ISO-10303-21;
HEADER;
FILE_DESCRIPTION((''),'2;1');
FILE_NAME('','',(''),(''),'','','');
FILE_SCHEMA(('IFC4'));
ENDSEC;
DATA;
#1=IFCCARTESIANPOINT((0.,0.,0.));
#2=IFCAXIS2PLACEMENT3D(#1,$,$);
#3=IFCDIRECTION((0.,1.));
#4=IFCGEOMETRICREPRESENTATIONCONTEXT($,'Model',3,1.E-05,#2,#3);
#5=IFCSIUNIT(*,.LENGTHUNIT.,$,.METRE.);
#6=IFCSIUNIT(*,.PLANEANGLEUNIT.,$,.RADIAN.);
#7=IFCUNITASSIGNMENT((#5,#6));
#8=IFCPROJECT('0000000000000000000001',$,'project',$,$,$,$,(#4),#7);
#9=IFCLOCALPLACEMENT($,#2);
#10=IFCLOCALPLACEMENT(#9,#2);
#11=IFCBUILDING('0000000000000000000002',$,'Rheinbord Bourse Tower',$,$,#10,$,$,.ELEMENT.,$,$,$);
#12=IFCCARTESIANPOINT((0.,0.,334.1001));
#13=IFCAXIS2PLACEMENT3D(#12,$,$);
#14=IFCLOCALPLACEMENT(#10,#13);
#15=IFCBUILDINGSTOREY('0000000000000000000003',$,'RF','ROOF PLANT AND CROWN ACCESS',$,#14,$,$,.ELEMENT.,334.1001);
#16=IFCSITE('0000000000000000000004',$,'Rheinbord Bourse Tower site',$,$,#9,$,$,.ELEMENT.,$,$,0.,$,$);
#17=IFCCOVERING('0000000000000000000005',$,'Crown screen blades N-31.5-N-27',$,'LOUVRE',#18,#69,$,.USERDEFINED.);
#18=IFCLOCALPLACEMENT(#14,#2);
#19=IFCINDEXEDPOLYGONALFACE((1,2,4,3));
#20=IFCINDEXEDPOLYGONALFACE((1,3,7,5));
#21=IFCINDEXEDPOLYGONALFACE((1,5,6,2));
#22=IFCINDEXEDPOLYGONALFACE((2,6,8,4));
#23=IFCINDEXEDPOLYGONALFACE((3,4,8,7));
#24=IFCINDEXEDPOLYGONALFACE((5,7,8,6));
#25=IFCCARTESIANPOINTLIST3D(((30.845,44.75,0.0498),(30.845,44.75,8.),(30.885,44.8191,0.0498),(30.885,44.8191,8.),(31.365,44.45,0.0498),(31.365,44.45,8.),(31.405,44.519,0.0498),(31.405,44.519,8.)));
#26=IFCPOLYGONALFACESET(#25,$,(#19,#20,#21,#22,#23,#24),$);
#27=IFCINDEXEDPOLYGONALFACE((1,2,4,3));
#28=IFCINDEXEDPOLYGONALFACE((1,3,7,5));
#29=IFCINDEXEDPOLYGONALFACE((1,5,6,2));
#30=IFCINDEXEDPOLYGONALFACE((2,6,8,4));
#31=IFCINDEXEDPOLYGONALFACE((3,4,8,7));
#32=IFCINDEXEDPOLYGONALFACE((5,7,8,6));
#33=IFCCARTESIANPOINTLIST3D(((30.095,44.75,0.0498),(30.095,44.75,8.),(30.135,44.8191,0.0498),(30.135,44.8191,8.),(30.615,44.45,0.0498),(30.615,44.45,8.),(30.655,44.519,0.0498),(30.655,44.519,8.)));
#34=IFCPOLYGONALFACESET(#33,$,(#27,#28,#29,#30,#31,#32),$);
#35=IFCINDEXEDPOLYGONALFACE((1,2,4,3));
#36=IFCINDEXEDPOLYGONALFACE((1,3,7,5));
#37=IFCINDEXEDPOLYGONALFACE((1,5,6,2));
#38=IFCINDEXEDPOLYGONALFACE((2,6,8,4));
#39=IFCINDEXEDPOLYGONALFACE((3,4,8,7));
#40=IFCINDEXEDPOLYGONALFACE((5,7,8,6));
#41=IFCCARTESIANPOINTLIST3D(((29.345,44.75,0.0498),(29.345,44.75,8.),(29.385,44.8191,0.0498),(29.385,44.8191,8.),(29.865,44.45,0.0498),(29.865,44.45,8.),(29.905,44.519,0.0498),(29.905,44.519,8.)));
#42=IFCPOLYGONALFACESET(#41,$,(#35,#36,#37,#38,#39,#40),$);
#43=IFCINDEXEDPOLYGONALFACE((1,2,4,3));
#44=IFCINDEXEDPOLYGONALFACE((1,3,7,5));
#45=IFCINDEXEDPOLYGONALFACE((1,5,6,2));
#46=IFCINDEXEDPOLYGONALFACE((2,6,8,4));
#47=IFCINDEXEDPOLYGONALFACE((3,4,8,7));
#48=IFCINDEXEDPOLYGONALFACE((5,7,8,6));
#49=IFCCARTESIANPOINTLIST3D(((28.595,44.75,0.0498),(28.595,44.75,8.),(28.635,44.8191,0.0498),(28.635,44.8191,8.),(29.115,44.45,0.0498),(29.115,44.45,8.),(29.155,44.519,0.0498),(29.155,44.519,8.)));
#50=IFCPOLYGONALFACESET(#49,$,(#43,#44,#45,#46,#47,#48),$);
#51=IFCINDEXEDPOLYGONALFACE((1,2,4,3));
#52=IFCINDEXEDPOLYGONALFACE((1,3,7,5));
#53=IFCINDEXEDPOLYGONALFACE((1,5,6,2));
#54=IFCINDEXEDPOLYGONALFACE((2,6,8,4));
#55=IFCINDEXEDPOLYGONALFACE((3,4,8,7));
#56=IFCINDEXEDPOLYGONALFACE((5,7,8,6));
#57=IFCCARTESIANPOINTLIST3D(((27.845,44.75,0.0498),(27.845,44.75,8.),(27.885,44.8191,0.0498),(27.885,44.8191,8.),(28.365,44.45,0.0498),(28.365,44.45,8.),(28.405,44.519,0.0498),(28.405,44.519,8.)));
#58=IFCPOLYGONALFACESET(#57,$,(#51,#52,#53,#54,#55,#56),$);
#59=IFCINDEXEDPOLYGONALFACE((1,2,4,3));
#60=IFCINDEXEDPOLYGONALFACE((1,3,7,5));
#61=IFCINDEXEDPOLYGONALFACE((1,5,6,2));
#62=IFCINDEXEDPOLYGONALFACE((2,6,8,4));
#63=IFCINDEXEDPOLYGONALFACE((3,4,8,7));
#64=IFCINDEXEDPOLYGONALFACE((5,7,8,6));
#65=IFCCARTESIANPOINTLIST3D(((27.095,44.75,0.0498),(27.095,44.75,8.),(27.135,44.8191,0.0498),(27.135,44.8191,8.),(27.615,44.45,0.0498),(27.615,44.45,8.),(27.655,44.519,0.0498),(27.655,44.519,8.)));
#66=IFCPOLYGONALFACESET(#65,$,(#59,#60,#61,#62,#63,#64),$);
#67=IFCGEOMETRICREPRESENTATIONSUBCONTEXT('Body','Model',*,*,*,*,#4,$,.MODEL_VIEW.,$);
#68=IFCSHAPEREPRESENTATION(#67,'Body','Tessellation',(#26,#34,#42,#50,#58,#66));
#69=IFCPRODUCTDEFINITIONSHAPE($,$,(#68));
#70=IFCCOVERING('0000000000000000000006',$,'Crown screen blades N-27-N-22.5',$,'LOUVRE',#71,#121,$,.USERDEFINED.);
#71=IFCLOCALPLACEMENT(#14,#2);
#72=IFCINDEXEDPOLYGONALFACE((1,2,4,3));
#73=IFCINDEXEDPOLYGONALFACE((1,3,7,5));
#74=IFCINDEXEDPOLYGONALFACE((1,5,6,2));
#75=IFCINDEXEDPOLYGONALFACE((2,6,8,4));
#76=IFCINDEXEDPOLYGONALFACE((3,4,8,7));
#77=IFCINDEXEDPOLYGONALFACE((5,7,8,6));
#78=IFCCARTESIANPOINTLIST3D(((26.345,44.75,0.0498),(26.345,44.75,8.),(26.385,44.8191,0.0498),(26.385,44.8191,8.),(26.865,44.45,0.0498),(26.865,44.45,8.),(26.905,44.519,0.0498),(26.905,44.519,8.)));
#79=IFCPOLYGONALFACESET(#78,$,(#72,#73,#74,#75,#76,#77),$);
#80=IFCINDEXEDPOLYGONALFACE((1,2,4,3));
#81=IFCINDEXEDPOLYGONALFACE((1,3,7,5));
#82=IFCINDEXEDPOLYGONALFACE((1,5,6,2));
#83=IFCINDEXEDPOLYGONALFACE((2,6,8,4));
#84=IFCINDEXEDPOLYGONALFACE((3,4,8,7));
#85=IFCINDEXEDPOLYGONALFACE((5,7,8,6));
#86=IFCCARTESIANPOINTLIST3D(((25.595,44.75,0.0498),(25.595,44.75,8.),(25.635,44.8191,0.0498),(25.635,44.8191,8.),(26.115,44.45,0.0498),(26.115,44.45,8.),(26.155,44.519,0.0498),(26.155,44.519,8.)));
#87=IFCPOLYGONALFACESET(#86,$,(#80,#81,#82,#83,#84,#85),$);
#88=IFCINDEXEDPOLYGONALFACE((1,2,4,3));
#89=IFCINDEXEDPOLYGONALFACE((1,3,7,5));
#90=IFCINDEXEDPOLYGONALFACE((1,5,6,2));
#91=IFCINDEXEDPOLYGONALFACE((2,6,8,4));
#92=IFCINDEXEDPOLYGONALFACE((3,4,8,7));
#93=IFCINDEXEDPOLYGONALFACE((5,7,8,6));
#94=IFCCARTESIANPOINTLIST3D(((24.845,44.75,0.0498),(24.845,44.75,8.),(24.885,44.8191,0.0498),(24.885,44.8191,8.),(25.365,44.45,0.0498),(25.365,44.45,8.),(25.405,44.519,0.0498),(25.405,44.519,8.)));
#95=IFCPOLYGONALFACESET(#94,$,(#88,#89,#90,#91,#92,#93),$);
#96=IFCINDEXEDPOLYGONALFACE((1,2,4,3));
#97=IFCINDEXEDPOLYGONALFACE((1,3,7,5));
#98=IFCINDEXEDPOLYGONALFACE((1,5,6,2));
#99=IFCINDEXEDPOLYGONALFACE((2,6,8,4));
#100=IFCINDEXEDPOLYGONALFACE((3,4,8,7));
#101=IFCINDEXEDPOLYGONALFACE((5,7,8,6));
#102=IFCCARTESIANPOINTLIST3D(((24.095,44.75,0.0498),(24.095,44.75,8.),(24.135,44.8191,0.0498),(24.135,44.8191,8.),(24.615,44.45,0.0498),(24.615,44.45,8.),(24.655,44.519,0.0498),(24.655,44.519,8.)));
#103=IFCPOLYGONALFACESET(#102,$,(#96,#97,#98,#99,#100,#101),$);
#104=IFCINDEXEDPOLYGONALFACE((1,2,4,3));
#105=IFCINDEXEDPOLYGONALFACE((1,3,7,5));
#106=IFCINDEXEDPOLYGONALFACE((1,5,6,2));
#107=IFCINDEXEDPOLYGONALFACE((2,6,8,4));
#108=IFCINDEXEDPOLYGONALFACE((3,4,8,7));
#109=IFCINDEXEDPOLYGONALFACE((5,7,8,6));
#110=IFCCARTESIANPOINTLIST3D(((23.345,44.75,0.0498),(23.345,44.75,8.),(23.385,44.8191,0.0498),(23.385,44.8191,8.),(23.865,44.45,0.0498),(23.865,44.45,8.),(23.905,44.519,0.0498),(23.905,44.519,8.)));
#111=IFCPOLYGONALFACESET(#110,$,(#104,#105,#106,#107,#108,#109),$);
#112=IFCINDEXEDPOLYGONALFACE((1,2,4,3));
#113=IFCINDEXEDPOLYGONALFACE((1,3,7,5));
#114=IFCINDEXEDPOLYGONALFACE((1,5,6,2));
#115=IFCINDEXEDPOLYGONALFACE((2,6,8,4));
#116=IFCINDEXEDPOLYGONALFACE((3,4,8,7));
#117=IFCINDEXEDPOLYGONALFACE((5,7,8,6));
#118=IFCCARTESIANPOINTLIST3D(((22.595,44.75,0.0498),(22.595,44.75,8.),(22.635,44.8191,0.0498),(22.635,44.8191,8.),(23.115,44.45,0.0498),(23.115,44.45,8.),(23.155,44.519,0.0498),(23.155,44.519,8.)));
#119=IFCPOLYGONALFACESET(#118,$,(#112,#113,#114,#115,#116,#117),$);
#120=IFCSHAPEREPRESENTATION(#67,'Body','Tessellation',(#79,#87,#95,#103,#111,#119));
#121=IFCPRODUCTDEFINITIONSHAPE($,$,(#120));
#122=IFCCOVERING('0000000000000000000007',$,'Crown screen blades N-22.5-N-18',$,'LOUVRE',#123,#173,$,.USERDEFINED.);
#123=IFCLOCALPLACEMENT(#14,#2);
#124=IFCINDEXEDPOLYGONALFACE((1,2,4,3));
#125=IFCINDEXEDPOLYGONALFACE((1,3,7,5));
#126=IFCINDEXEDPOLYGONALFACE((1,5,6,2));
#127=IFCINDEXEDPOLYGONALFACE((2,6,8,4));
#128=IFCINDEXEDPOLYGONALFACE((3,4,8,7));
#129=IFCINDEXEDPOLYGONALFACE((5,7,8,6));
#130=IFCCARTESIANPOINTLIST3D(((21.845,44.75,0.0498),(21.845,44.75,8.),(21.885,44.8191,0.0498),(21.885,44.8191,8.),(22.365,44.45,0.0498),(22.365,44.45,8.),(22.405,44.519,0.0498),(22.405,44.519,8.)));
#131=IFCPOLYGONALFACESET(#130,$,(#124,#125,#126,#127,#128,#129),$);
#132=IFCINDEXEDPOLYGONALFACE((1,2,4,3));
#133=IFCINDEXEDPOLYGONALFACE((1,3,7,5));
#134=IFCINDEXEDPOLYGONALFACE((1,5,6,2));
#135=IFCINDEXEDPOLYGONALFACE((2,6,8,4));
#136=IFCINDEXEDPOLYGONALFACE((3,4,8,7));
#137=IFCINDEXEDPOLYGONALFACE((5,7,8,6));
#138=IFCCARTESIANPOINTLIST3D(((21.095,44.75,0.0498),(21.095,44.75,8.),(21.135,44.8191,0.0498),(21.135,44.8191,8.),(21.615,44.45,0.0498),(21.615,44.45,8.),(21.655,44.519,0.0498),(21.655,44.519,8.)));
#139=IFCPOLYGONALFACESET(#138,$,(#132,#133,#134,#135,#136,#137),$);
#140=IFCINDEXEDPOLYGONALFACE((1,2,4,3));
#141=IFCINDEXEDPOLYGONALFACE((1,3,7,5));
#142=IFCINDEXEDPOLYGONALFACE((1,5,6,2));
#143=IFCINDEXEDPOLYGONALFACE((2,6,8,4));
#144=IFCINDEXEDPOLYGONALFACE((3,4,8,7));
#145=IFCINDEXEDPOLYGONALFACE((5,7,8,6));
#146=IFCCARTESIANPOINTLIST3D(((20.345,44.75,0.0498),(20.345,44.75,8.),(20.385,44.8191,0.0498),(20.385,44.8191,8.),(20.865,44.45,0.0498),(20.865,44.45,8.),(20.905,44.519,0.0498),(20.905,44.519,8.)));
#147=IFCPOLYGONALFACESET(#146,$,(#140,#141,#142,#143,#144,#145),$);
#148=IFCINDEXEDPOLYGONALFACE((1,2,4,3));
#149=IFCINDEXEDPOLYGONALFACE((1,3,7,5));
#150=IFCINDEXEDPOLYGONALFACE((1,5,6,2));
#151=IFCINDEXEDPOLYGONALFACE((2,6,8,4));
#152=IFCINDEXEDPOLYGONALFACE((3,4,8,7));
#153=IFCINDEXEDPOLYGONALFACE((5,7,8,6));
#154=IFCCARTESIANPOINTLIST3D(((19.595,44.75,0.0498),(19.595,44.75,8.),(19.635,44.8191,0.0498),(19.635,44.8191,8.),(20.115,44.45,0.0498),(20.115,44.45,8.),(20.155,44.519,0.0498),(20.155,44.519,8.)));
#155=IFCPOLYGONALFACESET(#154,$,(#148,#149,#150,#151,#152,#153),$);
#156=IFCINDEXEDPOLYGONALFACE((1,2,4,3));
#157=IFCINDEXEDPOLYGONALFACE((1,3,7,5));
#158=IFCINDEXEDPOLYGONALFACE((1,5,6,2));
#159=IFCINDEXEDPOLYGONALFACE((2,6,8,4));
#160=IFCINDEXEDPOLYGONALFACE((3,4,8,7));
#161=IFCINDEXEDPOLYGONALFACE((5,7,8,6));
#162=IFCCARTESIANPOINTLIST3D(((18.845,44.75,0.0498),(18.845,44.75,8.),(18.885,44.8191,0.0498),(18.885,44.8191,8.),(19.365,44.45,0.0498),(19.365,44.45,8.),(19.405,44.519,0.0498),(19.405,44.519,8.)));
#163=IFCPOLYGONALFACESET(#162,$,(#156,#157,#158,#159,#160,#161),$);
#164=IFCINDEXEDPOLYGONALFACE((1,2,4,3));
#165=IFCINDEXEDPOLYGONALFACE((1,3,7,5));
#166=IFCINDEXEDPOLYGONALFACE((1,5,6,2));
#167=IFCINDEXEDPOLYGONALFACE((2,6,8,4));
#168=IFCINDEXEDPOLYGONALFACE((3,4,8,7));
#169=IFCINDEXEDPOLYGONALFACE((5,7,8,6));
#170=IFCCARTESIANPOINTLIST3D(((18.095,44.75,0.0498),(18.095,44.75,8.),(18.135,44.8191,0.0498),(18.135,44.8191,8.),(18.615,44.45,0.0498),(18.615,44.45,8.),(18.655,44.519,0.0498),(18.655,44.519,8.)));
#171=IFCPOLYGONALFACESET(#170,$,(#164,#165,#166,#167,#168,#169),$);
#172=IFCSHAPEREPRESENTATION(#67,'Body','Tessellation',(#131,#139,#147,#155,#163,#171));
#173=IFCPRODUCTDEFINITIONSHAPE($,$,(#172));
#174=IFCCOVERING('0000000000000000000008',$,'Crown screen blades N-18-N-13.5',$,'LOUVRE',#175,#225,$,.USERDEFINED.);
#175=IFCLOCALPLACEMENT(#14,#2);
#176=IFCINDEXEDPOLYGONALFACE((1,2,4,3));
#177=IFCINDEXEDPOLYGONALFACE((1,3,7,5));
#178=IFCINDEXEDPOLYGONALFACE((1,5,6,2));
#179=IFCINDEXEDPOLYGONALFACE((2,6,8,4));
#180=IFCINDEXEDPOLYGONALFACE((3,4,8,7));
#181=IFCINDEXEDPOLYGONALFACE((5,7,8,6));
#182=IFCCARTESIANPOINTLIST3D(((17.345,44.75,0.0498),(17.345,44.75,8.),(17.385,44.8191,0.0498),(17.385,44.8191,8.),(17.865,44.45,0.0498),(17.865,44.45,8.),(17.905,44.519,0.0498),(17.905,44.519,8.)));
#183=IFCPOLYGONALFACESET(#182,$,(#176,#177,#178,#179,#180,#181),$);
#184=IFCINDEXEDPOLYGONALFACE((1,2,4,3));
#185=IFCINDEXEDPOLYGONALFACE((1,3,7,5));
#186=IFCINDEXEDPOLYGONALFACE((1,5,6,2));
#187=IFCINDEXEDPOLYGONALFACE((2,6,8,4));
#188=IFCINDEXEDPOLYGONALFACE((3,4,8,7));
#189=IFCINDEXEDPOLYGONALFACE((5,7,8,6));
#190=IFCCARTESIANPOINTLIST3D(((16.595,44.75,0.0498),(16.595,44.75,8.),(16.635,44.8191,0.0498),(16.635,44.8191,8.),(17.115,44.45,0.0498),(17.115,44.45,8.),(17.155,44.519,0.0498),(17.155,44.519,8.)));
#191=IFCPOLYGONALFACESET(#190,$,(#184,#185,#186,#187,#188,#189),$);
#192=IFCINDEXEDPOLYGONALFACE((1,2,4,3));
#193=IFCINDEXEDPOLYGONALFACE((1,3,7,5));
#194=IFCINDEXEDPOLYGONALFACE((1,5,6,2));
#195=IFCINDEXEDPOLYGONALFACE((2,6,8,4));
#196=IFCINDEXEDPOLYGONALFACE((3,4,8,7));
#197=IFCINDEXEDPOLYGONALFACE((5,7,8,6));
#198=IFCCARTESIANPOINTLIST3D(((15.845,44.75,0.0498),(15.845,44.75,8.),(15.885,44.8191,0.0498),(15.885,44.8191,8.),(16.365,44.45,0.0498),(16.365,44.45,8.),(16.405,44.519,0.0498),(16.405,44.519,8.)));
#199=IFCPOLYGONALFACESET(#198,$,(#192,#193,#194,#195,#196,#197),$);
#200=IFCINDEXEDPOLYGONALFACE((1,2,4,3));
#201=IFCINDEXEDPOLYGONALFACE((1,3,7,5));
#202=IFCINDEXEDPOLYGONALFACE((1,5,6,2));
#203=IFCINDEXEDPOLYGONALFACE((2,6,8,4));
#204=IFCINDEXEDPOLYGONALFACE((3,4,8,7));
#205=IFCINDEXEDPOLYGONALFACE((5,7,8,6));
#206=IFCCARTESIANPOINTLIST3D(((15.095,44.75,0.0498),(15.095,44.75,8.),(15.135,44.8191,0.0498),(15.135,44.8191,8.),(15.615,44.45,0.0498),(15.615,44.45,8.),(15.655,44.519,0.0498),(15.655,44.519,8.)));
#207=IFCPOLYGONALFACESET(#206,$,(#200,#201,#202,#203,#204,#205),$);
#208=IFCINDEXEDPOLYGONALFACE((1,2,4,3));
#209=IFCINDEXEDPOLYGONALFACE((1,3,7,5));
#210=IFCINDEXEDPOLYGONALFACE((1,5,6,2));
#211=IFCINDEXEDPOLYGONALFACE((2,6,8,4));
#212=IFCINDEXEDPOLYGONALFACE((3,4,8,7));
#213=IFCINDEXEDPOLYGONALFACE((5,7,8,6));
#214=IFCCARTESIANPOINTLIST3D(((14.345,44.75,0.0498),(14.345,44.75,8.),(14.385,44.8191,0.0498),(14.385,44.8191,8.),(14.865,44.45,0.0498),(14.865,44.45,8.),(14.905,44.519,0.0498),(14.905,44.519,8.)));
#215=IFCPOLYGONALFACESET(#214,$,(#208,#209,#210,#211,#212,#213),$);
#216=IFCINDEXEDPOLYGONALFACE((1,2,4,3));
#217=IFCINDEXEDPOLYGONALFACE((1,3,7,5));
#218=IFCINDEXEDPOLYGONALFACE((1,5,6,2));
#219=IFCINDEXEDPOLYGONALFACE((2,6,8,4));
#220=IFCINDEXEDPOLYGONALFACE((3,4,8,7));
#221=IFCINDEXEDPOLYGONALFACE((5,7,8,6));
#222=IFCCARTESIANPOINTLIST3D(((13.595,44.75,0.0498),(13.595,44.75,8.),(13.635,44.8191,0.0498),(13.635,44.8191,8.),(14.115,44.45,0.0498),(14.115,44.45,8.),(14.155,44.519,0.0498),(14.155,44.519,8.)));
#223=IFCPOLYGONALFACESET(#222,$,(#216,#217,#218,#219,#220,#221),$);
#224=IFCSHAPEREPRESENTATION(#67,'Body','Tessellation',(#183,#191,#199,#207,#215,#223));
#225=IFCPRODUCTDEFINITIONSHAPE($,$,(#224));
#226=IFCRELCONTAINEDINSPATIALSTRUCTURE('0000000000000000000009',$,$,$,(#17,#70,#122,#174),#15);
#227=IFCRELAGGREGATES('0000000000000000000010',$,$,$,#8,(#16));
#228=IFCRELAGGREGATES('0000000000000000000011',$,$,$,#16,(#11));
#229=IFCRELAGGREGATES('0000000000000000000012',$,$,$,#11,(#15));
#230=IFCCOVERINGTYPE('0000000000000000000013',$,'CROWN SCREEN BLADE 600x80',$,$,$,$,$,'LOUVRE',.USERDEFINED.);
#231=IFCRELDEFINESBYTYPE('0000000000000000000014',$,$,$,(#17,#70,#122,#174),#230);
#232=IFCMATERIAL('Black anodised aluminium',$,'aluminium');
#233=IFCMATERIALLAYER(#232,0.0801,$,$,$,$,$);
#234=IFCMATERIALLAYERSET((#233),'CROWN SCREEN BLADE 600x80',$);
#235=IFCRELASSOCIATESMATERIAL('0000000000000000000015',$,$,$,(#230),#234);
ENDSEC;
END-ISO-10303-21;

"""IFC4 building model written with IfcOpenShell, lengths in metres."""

from ifc_helpers import new_model, si_unit, direction, frame, origin, place, context, subcontext, project, spatial, polyline, outline, extrude, material, layer, layer_set, type_object, element, save


model = new_model("IFC4")

# Units and contexts
model_context = context("Model", 3, precision=1e-05, world=origin(), true_north=direction((0.0, 1.0)))
body_context = subcontext(model_context, "Body", "Model", "MODEL_VIEW")
ifc_project = project(units=[si_unit("LENGTHUNIT", "METRE"), si_unit("PLANEANGLEUNIT", "RADIAN")], contexts=[model_context])

# Site, building, storey
site_placement = place(None, origin())
site = spatial("IfcSite", under=ifc_project, at=site_placement, Name="Rheinbord Bourse Tower site", CompositionType="ELEMENT", RefElevation=0.0)
building_placement = place(site_placement, origin())
building = spatial("IfcBuilding", under=site, at=building_placement, Name="Rheinbord Bourse Tower", CompositionType="ELEMENT")
storey_placement = place(building_placement, frame((0.0, 0.0, 334.1001)))
storey = spatial("IfcBuildingStorey", under=building, at=storey_placement, Name="RF", Description="ROOF PLANT AND CROWN ACCESS", CompositionType="ELEMENT", Elevation=334.1001)

# Coverings
ifc_material_1 = material(Name="Black anodised aluminium", Category="aluminium")
ifc_layer_1 = layer(ifc_material_1, 0.0801)
ifc_layer_set_1 = layer_set([ifc_layer_1], Name="CROWN SCREEN BLADE 600x80")
covering_type_1 = type_object("IfcCoveringType", Name="CROWN SCREEN BLADE 600x80", ElementType="LOUVRE", PredefinedType="USERDEFINED", material=ifc_layer_set_1)
covering_1_placement = place(storey_placement, frame((0.0, 0.0, 0.0498)))
element("IfcCovering", 1, at=covering_1_placement, inside=storey, type_object=covering_type_1, Name="Crown screen blades N-31.5-N-27", ObjectType="LOUVRE", PredefinedType="USERDEFINED", context=body_context, shape_type="SweptSolid", body=[
    extrude(outline(polyline([(31.365, 44.45), (30.845, 44.75), (30.885, 44.8191), (31.405, 44.519), (31.365, 44.45)])), origin(), (0.0, 0.0, 1.0), 7.9502),
    extrude(outline(polyline([(30.615, 44.45), (30.095, 44.75), (30.135, 44.8191), (30.655, 44.519), (30.615, 44.45)])), origin(), (0.0, 0.0, 1.0), 7.9502),
    extrude(outline(polyline([(29.865, 44.45), (29.345, 44.75), (29.385, 44.8191), (29.905, 44.519), (29.865, 44.45)])), origin(), (0.0, 0.0, 1.0), 7.9502),
    extrude(outline(polyline([(29.115, 44.45), (28.595, 44.75), (28.635, 44.8191), (29.155, 44.519), (29.115, 44.45)])), origin(), (0.0, 0.0, 1.0), 7.9502),
    extrude(outline(polyline([(28.365, 44.45), (27.845, 44.75), (27.885, 44.8191), (28.405, 44.519), (28.365, 44.45)])), origin(), (0.0, 0.0, 1.0), 7.9502),
    extrude(outline(polyline([(27.615, 44.45), (27.095, 44.75), (27.135, 44.8191), (27.655, 44.519), (27.615, 44.45)])), origin(), (0.0, 0.0, 1.0), 7.9502),
])
covering_2_placement = place(storey_placement, frame((0.0, 0.0, 0.0498)))
element("IfcCovering", 2, at=covering_2_placement, inside=storey, type_object=covering_type_1, Name="Crown screen blades N-27-N-22.5", ObjectType="LOUVRE", PredefinedType="USERDEFINED", context=body_context, shape_type="SweptSolid", body=[
    extrude(outline(polyline([(26.865, 44.45), (26.345, 44.75), (26.385, 44.8191), (26.905, 44.519), (26.865, 44.45)])), origin(), (0.0, 0.0, 1.0), 7.9502),
    extrude(outline(polyline([(26.115, 44.45), (25.595, 44.75), (25.635, 44.8191), (26.155, 44.519), (26.115, 44.45)])), origin(), (0.0, 0.0, 1.0), 7.9502),
    extrude(outline(polyline([(25.365, 44.45), (24.845, 44.75), (24.885, 44.8191), (25.405, 44.519), (25.365, 44.45)])), origin(), (0.0, 0.0, 1.0), 7.9502),
    extrude(outline(polyline([(24.615, 44.45), (24.095, 44.75), (24.135, 44.8191), (24.655, 44.519), (24.615, 44.45)])), origin(), (0.0, 0.0, 1.0), 7.9502),
    extrude(outline(polyline([(23.865, 44.45), (23.345, 44.75), (23.385, 44.8191), (23.905, 44.519), (23.865, 44.45)])), origin(), (0.0, 0.0, 1.0), 7.9502),
    extrude(outline(polyline([(23.115, 44.45), (22.595, 44.75), (22.635, 44.8191), (23.155, 44.519), (23.115, 44.45)])), origin(), (0.0, 0.0, 1.0), 7.9502),
])
covering_3_placement = place(storey_placement, frame((0.0, 0.0, 0.0498)))
element("IfcCovering", 3, at=covering_3_placement, inside=storey, type_object=covering_type_1, Name="Crown screen blades N-22.5-N-18", ObjectType="LOUVRE", PredefinedType="USERDEFINED", context=body_context, shape_type="SweptSolid", body=[
    extrude(outline(polyline([(22.365, 44.45), (21.845, 44.75), (21.885, 44.8191), (22.405, 44.519), (22.365, 44.45)])), origin(), (0.0, 0.0, 1.0), 7.9502),
    extrude(outline(polyline([(21.615, 44.45), (21.095, 44.75), (21.135, 44.8191), (21.655, 44.519), (21.615, 44.45)])), origin(), (0.0, 0.0, 1.0), 7.9502),
    extrude(outline(polyline([(20.865, 44.45), (20.345, 44.75), (20.385, 44.8191), (20.905, 44.519), (20.865, 44.45)])), origin(), (0.0, 0.0, 1.0), 7.9502),
    extrude(outline(polyline([(20.115, 44.45), (19.595, 44.75), (19.635, 44.8191), (20.155, 44.519), (20.115, 44.45)])), origin(), (0.0, 0.0, 1.0), 7.9502),
    extrude(outline(polyline([(19.365, 44.45), (18.845, 44.75), (18.885, 44.8191), (19.405, 44.519), (19.365, 44.45)])), origin(), (0.0, 0.0, 1.0), 7.9502),
    extrude(outline(polyline([(18.615, 44.45), (18.095, 44.75), (18.135, 44.8191), (18.655, 44.519), (18.615, 44.45)])), origin(), (0.0, 0.0, 1.0), 7.9502),
])
covering_4_placement = place(storey_placement, frame((0.0, 0.0, 0.0498)))
element("IfcCovering", 4, at=covering_4_placement, inside=storey, type_object=covering_type_1, Name="Crown screen blades N-18-N-13.5", ObjectType="LOUVRE", PredefinedType="USERDEFINED", context=body_context, shape_type="SweptSolid", body=[
    extrude(outline(polyline([(17.865, 44.45), (17.345, 44.75), (17.385, 44.8191), (17.905, 44.519), (17.865, 44.45)])), origin(), (0.0, 0.0, 1.0), 7.9502),
    extrude(outline(polyline([(17.115, 44.45), (16.595, 44.75), (16.635, 44.8191), (17.155, 44.519), (17.115, 44.45)])), origin(), (0.0, 0.0, 1.0), 7.9502),
    extrude(outline(polyline([(16.365, 44.45), (15.845, 44.75), (15.885, 44.8191), (16.405, 44.519), (16.365, 44.45)])), origin(), (0.0, 0.0, 1.0), 7.9502),
    extrude(outline(polyline([(15.615, 44.45), (15.095, 44.75), (15.135, 44.8191), (15.655, 44.519), (15.615, 44.45)])), origin(), (0.0, 0.0, 1.0), 7.9502),
    extrude(outline(polyline([(14.865, 44.45), (14.345, 44.75), (14.385, 44.8191), (14.905, 44.519), (14.865, 44.45)])), origin(), (0.0, 0.0, 1.0), 7.9502),
    extrude(outline(polyline([(14.115, 44.45), (13.595, 44.75), (13.635, 44.8191), (14.155, 44.519), (14.115, 44.45)])), origin(), (0.0, 0.0, 1.0), 7.9502),
])

save(model, "model.ifc")
